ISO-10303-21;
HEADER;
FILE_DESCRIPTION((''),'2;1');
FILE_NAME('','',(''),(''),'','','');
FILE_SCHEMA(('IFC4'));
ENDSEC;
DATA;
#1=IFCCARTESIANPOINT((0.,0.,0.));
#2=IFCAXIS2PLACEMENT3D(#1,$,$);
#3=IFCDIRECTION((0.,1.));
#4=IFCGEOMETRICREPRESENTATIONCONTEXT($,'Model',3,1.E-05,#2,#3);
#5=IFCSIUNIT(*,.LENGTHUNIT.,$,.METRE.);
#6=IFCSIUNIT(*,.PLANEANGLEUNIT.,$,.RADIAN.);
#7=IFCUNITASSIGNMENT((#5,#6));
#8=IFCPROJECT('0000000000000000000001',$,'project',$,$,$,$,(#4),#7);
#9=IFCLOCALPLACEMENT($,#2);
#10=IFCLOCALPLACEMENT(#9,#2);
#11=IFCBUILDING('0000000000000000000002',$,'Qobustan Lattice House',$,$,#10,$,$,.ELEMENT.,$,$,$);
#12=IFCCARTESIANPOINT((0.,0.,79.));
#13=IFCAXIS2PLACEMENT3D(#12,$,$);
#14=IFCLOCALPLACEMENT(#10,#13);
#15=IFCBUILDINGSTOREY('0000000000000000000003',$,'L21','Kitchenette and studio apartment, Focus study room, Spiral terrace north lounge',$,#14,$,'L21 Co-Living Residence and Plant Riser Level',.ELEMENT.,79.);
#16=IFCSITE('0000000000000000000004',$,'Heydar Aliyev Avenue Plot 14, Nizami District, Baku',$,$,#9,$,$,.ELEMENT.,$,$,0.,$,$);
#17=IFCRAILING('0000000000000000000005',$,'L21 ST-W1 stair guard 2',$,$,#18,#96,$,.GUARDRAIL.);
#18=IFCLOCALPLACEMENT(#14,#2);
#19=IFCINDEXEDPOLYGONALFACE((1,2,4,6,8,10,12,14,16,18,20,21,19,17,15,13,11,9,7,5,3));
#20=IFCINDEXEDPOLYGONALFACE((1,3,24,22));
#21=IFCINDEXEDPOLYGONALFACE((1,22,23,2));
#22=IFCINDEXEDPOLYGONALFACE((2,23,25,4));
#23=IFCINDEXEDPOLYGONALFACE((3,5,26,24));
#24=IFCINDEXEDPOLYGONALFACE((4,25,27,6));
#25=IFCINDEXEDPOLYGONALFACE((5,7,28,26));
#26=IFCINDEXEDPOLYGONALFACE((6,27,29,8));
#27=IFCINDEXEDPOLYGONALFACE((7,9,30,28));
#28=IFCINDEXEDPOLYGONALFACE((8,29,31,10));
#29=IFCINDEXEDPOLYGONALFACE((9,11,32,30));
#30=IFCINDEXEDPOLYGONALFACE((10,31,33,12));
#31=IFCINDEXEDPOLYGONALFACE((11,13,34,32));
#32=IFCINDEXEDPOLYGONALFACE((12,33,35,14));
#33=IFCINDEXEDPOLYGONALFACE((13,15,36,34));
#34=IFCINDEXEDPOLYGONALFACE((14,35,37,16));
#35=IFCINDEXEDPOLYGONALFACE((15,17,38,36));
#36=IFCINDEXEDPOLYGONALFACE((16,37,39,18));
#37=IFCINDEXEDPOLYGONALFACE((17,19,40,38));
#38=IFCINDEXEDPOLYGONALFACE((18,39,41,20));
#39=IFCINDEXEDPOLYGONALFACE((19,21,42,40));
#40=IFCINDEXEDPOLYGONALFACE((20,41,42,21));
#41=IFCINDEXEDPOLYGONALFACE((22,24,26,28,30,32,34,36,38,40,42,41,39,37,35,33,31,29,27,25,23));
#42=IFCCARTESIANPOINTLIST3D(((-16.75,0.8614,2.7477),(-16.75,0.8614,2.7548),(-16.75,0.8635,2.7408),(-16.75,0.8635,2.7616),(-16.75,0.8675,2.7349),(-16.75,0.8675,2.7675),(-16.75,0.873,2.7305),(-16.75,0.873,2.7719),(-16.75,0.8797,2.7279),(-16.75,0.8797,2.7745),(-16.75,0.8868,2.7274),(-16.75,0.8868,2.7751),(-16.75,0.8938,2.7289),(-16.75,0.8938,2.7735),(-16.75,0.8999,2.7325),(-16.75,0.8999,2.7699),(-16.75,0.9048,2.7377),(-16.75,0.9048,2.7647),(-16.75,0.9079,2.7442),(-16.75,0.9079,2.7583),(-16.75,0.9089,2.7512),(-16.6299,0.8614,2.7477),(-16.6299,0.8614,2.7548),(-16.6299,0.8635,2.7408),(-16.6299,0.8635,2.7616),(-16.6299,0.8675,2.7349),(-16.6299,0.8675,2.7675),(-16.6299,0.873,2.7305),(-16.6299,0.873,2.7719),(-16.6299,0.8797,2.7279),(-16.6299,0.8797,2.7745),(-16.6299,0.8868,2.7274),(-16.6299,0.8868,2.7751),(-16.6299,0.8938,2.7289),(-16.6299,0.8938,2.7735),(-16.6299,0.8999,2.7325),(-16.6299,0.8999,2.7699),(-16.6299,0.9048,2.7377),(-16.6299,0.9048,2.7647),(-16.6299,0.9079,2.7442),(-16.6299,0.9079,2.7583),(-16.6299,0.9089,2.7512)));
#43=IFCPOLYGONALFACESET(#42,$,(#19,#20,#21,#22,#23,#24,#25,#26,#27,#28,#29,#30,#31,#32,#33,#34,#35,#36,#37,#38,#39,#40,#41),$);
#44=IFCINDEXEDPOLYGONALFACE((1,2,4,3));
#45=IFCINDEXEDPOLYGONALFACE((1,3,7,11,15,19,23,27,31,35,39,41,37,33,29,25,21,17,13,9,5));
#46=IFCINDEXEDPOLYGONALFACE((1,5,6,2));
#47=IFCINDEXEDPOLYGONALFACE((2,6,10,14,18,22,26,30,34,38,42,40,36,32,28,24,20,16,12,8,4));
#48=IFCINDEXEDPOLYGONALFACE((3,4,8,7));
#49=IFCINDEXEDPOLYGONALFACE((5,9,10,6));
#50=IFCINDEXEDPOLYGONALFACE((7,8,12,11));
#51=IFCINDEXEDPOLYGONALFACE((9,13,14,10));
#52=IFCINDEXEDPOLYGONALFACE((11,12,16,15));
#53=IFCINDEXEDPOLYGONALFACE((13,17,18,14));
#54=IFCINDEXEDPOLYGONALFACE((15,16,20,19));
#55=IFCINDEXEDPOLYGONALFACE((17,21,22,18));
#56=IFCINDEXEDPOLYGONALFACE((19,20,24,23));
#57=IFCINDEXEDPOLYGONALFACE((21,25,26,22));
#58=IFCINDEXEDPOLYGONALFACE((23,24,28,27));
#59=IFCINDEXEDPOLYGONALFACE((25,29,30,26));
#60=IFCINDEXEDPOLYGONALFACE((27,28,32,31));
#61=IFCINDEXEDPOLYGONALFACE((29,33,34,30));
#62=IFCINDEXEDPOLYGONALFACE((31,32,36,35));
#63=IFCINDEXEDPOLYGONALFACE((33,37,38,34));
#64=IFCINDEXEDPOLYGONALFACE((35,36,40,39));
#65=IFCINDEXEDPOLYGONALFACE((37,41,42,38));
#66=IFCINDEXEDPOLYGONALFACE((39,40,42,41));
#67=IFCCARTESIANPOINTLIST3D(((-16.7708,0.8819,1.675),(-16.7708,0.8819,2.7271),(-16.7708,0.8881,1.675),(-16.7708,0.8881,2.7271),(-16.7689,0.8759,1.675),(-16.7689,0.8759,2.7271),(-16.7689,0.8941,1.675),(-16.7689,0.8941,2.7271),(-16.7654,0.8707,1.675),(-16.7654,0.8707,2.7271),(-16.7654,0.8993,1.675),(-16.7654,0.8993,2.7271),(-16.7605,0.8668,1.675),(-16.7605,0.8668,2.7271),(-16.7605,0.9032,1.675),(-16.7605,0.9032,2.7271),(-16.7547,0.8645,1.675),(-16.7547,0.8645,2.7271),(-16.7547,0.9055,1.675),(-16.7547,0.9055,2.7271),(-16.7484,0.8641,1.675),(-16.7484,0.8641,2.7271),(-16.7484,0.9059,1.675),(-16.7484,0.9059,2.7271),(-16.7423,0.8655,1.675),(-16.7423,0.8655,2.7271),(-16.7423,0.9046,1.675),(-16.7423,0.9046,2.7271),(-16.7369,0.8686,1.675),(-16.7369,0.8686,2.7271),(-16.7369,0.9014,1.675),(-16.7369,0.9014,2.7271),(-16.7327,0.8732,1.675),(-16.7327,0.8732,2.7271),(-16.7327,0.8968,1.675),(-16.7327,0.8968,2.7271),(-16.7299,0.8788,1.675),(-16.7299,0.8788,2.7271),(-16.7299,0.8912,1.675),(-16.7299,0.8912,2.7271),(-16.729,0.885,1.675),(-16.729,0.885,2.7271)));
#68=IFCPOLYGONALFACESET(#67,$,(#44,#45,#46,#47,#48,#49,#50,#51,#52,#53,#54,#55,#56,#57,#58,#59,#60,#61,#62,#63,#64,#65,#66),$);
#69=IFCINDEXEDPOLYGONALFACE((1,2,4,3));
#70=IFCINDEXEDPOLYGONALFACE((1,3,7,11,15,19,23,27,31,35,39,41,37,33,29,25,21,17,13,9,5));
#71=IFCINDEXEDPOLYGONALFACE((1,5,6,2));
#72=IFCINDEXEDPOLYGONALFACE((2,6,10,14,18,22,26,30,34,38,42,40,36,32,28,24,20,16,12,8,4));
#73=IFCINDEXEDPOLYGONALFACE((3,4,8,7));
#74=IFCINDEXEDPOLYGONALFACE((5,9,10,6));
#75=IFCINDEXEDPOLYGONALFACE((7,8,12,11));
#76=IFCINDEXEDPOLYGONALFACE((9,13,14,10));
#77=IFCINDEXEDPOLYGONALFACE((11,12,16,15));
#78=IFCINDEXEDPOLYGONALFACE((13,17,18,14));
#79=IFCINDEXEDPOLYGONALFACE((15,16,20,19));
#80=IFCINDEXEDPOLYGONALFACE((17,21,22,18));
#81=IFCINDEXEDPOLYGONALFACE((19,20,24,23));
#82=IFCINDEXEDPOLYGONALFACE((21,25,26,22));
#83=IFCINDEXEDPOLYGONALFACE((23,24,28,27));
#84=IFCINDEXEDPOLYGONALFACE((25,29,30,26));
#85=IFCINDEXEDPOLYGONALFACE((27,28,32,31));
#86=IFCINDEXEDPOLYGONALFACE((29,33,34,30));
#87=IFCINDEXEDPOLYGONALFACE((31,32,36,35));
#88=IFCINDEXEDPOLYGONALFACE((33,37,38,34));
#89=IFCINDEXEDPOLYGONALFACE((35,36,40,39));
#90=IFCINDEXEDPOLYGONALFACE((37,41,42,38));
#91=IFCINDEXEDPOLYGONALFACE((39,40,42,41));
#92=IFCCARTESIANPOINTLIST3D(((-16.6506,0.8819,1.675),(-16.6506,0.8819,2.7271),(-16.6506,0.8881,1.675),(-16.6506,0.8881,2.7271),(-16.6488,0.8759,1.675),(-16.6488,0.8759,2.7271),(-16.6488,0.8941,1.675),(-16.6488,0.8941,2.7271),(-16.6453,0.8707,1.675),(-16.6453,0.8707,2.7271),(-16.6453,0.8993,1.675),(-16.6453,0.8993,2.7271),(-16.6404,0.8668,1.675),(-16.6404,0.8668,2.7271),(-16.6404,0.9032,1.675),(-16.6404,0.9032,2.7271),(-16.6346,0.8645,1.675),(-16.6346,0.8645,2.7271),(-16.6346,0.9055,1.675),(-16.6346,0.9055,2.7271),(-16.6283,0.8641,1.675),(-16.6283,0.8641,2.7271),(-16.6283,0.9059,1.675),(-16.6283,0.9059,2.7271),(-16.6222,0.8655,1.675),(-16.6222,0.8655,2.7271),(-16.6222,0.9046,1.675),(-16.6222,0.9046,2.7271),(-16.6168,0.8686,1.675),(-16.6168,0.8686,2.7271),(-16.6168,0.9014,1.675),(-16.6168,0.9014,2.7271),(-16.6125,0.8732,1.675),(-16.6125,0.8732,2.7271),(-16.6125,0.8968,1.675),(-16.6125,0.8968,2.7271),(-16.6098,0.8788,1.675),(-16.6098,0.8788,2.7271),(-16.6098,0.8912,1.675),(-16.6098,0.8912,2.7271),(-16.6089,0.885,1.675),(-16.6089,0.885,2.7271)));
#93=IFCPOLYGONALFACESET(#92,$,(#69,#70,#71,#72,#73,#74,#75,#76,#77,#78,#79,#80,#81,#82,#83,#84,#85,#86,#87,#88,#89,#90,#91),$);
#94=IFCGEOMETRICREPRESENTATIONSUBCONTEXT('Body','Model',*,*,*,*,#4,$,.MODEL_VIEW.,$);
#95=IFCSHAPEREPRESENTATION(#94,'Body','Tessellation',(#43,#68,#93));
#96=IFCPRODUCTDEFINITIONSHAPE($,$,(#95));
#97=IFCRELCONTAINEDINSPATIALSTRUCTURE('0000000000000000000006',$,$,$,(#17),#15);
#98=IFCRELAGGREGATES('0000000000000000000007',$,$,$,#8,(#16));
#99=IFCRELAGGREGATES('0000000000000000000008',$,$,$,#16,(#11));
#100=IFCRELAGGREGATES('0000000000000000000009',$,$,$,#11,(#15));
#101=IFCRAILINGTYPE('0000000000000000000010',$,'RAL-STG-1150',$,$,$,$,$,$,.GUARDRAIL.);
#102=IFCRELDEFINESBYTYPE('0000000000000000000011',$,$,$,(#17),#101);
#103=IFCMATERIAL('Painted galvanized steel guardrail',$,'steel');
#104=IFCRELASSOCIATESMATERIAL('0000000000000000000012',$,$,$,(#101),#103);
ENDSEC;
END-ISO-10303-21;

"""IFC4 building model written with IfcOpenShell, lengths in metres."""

from ifc_helpers import new_model, si_unit, direction, frame, origin, origin_2d, place, context, subcontext, project, spatial, circle, extrude, material, type_object, element, save


model = new_model("IFC4")

# Units and contexts
model_context = context("Model", 3, precision=1e-05, world=origin(), true_north=direction((0.0, 1.0)))
body_context = subcontext(model_context, "Body", "Model", "MODEL_VIEW")
ifc_project = project(units=[si_unit("LENGTHUNIT", "METRE"), si_unit("PLANEANGLEUNIT", "RADIAN")], contexts=[model_context])

# Site, building, storey
site_placement = place(None, origin())
site = spatial("IfcSite", under=ifc_project, at=site_placement, Name="Heydar Aliyev Avenue Plot 14, Nizami District, Baku", CompositionType="ELEMENT", RefElevation=0.0)
building_placement = place(site_placement, origin())
building = spatial("IfcBuilding", under=site, at=building_placement, Name="Qobustan Lattice House", CompositionType="ELEMENT")
storey_placement = place(building_placement, frame((0.0, 0.0, 79.0)))
storey = spatial("IfcBuildingStorey", under=building, at=storey_placement, Name="L21", Description="Kitchenette and studio apartment, Focus study room, Spiral terrace north lounge", LongName="L21 Co-Living Residence and Plant Riser Level", CompositionType="ELEMENT", Elevation=79.0)

# Railing
ifc_material_1 = material(Name="Painted galvanized steel guardrail", Category="steel")
railing_type_1 = type_object("IfcRailingType", Name="RAL-STG-1150", PredefinedType="GUARDRAIL", material=ifc_material_1)
railing_1_placement = place(storey_placement, frame((-16.75, 0.885, 1.675)))
element("IfcRailing", 1, at=railing_1_placement, inside=storey, type_object=railing_type_1, Name="L21 ST-W1 stair guard 2", PredefinedType="GUARDRAIL", context=body_context, shape_type="SweptSolid", body=[
    extrude(circle(Radius=0.0239, at=origin_2d()), frame((0.0, 0.0, 1.0762), z_axis=(1.0, 0.0, 0.0), x_axis=(0.0, 1.0, 0.0)), (0.0, 0.0, 1.0), 0.1201),
    extrude(circle(Radius=0.021, at=origin_2d()), origin(), (0.0, 0.0, 1.0), 1.052),
    extrude(circle(Radius=0.021, at=origin_2d()), frame((0.1201, 0.0, 0.0)), (0.0, 0.0, 1.0), 1.052),
])

save(model, "model.ifc")
